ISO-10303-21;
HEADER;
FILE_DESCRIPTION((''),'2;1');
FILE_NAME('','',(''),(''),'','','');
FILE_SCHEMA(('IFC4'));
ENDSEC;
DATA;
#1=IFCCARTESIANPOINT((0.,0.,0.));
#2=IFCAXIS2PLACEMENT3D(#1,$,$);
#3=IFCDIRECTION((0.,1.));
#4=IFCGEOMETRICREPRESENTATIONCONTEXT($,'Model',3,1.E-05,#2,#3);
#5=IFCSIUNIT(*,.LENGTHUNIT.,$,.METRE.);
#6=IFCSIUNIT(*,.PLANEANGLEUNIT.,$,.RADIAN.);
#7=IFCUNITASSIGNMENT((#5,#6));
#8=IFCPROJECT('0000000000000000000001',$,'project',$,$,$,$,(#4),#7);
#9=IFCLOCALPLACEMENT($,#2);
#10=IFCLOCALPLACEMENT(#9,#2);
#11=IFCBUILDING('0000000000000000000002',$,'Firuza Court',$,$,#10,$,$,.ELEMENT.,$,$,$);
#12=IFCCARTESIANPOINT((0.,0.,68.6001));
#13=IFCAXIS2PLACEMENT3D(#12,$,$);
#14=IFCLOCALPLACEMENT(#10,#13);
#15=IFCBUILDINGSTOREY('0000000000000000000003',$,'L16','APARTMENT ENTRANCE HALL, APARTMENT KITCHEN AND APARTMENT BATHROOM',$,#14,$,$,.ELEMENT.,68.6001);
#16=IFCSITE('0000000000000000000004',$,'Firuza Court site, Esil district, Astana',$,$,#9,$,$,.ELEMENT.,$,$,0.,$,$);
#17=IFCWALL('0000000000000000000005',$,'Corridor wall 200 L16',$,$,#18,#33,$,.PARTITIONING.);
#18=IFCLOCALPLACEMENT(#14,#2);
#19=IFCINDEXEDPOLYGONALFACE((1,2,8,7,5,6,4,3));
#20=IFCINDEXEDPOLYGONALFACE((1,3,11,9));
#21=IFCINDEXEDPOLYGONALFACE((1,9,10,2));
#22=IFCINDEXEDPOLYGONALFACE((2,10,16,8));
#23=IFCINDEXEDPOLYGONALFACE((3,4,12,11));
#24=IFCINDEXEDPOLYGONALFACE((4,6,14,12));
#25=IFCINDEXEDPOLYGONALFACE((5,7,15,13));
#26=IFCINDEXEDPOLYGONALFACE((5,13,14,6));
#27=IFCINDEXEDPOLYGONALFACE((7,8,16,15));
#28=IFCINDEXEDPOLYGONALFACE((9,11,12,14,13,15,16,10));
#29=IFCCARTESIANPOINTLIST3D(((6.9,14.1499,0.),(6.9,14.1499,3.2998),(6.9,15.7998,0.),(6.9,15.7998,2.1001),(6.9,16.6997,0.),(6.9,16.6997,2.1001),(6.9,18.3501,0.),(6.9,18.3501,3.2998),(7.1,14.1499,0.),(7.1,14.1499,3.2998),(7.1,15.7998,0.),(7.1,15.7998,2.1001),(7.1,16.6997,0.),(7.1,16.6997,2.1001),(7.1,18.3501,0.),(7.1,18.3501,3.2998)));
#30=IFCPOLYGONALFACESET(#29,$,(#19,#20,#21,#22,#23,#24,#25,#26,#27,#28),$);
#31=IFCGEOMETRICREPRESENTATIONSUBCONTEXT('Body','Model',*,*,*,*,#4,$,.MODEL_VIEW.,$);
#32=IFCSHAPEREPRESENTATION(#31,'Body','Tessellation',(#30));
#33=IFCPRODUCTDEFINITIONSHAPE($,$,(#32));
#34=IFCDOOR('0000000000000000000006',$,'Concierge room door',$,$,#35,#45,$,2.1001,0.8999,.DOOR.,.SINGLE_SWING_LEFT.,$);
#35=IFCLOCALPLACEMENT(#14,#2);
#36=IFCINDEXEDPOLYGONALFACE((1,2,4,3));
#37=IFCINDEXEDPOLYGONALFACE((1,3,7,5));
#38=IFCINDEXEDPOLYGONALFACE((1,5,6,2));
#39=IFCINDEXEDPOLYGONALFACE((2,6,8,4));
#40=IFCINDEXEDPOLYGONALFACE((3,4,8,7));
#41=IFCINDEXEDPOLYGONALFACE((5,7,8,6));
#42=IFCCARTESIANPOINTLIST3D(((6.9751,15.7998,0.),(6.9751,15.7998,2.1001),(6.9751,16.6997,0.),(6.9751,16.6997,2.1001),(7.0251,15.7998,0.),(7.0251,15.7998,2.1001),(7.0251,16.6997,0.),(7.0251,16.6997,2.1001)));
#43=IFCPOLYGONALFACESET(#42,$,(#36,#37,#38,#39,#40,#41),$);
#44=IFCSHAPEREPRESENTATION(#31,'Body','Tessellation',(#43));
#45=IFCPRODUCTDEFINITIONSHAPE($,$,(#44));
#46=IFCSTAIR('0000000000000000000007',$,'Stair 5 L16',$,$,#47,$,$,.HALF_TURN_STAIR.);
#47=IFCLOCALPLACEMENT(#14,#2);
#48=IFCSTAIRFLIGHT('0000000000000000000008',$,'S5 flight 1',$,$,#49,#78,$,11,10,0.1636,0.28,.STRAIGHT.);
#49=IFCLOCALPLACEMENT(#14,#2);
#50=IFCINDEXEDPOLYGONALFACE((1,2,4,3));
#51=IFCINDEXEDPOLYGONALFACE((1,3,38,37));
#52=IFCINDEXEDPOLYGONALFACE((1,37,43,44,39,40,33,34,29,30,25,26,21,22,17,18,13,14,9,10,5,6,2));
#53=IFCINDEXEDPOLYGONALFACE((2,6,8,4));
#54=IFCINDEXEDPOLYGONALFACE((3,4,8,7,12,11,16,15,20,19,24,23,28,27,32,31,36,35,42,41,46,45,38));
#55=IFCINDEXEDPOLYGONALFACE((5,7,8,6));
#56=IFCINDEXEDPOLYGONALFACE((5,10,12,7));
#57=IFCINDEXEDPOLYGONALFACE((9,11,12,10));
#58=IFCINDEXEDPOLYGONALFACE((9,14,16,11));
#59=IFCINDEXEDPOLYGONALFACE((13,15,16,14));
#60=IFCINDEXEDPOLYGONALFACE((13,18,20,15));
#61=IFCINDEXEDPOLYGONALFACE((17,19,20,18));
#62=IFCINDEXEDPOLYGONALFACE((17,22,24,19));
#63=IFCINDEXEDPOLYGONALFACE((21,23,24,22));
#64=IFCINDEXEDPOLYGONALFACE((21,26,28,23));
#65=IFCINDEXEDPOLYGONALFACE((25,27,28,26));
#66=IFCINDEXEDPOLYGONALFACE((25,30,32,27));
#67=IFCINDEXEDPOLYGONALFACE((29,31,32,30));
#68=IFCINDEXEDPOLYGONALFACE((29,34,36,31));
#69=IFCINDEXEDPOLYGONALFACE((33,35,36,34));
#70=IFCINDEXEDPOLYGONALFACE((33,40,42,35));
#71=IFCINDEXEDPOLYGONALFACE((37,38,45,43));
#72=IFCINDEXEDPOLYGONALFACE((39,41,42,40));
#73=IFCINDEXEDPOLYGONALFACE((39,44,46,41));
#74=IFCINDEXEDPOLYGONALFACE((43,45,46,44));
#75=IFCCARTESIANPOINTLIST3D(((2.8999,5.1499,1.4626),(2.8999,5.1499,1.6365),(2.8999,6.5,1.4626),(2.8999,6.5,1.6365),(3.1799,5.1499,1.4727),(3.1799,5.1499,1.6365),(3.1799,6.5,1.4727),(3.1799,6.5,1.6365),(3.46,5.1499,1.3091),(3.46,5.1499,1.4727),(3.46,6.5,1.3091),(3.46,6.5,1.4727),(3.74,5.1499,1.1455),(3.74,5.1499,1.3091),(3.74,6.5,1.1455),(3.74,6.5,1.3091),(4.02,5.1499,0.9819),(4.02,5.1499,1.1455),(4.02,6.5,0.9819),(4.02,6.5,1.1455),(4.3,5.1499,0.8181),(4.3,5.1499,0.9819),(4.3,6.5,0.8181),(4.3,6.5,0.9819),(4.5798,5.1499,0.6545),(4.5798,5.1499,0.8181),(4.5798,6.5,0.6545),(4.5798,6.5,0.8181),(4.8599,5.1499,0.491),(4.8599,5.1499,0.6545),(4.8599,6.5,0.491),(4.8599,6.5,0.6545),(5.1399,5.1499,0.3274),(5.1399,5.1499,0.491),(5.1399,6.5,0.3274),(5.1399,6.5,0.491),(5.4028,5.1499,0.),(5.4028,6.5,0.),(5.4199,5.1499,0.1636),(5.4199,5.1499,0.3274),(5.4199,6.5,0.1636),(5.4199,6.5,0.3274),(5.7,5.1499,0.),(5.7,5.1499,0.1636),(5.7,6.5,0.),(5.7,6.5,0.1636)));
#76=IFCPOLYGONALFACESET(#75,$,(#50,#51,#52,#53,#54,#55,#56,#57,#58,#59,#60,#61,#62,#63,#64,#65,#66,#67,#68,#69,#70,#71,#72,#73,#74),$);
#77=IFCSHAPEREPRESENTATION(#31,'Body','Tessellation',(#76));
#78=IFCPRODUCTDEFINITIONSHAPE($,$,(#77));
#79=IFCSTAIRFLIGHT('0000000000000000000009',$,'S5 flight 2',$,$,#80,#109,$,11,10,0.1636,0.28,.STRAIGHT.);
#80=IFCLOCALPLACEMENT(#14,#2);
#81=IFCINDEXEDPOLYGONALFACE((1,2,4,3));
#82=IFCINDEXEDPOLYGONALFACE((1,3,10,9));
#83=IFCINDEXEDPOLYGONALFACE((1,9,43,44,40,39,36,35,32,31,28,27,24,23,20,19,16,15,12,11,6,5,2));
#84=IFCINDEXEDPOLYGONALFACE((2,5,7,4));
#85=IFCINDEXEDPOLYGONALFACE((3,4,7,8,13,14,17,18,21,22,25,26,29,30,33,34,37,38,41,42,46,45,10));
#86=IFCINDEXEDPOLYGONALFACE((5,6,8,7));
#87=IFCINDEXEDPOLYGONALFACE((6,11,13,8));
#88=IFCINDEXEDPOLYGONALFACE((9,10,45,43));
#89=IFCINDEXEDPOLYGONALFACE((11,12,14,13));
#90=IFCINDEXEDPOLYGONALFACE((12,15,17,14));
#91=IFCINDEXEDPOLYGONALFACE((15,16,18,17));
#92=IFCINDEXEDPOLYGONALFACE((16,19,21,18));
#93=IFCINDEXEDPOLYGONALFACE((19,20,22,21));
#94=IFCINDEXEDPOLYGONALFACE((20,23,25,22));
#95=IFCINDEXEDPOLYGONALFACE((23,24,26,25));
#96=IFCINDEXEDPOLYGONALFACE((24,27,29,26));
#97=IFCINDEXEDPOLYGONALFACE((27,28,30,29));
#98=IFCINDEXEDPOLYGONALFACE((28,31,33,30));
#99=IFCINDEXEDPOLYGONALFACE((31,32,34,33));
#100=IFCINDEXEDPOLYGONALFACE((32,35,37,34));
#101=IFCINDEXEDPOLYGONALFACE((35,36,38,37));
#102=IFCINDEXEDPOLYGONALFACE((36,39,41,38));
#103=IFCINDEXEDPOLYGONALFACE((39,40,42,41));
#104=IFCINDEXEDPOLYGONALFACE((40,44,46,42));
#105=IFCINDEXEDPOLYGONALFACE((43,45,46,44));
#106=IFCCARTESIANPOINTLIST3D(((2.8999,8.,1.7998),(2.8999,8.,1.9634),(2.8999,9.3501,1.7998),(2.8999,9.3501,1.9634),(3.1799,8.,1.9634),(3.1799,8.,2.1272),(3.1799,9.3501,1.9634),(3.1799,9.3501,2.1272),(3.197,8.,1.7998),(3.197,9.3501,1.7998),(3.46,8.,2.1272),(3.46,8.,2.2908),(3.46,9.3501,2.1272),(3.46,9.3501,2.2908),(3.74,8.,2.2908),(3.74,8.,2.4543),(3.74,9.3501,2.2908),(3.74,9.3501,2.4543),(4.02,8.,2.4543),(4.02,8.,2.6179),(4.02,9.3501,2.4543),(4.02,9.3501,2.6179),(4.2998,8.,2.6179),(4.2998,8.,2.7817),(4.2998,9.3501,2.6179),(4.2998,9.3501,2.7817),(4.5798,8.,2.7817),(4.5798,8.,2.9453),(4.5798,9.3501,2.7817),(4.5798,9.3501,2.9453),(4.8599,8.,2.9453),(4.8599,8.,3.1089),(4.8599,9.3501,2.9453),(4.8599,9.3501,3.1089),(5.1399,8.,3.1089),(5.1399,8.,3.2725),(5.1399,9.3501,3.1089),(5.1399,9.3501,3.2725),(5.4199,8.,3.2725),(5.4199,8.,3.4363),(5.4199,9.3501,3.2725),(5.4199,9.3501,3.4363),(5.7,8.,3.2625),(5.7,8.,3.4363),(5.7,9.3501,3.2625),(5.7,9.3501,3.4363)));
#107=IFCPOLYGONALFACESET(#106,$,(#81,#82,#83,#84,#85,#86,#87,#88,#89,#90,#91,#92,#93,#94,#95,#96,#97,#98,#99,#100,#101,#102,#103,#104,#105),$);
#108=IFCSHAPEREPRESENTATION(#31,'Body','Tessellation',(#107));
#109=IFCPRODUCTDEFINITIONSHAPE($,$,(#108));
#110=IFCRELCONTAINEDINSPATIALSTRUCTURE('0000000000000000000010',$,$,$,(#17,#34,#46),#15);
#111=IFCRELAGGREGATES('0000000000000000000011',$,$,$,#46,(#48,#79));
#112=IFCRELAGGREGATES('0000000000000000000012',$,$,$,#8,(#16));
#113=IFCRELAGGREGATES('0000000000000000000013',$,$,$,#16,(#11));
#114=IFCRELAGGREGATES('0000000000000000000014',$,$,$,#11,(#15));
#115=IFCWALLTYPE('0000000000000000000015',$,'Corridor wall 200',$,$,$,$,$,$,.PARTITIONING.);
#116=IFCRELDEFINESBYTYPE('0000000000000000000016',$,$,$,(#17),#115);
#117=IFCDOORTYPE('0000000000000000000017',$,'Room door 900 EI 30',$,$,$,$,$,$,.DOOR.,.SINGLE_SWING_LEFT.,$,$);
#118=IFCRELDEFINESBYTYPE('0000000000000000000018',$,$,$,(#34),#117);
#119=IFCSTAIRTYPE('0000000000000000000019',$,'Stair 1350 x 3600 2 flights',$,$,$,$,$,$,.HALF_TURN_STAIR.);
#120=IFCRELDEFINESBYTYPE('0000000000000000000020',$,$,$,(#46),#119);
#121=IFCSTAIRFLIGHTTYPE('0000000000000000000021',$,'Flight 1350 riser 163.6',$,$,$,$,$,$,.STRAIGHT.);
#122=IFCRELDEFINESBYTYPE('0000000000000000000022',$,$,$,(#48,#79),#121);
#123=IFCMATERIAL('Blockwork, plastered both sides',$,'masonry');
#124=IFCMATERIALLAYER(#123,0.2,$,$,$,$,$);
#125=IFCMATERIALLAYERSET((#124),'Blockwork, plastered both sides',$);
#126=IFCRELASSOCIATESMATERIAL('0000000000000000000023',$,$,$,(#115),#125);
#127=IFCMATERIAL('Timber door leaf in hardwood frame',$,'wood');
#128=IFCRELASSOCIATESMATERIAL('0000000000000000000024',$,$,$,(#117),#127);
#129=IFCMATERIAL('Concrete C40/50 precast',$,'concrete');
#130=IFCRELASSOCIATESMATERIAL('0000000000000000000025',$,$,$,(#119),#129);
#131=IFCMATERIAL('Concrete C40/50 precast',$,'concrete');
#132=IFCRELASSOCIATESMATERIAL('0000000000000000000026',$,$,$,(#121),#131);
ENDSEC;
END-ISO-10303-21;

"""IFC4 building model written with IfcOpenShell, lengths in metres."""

from ifc_helpers import new_model, si_unit, direction, frame, frame_2d, origin, place, context, subcontext, project, spatial, polyline, rectangle, outline, extrude, material, layer, layer_set, type_object, element, fill, aggregate, save


model = new_model("IFC4")

# Units and contexts
model_context = context("Model", 3, precision=1e-05, world=origin(), true_north=direction((0.0, 1.0)))
body_context = subcontext(model_context, "Body", "Model", "MODEL_VIEW")
ifc_project = project(units=[si_unit("LENGTHUNIT", "METRE"), si_unit("PLANEANGLEUNIT", "RADIAN")], contexts=[model_context])

# Site, building, storey
site_placement = place(None, origin())
site = spatial("IfcSite", under=ifc_project, at=site_placement, Name="Firuza Court site, Esil district, Astana", CompositionType="ELEMENT", RefElevation=0.0)
building_placement = place(site_placement, origin())
building = spatial("IfcBuilding", under=site, at=building_placement, Name="Firuza Court", CompositionType="ELEMENT")
storey_placement = place(building_placement, frame((0.0, 0.0, 68.6001)))
storey = spatial("IfcBuildingStorey", under=building, at=storey_placement, Name="L16", Description="APARTMENT ENTRANCE HALL, APARTMENT KITCHEN AND APARTMENT BATHROOM", CompositionType="ELEMENT", Elevation=68.6001)

# Wall, opening, door
ifc_material_1 = material(Name="Blockwork, plastered both sides", Category="masonry")
ifc_layer_1 = layer(ifc_material_1, 0.2)
ifc_layer_set_1 = layer_set([ifc_layer_1], Name="Blockwork, plastered both sides")
wall_type_1 = type_object("IfcWallType", Name="Corridor wall 200", PredefinedType="PARTITIONING", material=ifc_layer_set_1)
wall_1_placement = place(storey_placement, frame((7.0, 14.1499, 0.0), z_axis=(0.0, 0.0, 1.0), x_axis=(0.0, 1.0, 0.0)))
wall_1 = element("IfcWall", 1, at=wall_1_placement, inside=storey, type_object=wall_type_1, Name="Corridor wall 200 L16", PredefinedType="PARTITIONING", context=body_context, shape_type="SweptSolid", body=[
    extrude(rectangle(XDim=4.2002, YDim=0.2, at=frame_2d((2.1001, 0.0))), origin(), (0.0, 0.0, 1.0), 3.2998),
])
opening_1_placement = place(wall_1_placement, frame((1.6499, 0.0, 0.0)))
opening_1 = element("IfcOpeningElement", 2, at=opening_1_placement, cuts=wall_1, PredefinedType="OPENING", context=body_context, shape_type="SweptSolid", body=[
    extrude(rectangle(XDim=0.8999, YDim=2.1001, at=frame_2d((0.45, 1.05))), frame((0.0, 0.1118, 0.0), z_axis=(0.0, -1.0, 0.0), x_axis=(1.0, 0.0, 0.0)), (0.0, 0.0, 1.0), 0.2239),
])
ifc_material_2 = material(Name="Timber door leaf in hardwood frame", Category="wood")
door_type_1 = type_object("IfcDoorType", Name="Room door 900 EI 30", OperationType="SINGLE_SWING_LEFT", PredefinedType="DOOR", material=ifc_material_2)
door_1_placement = place(opening_1_placement, origin())
door_1 = element("IfcDoor", 3, at=door_1_placement, inside=storey, type_object=door_type_1, Name="Concierge room door", OperationType="SINGLE_SWING_LEFT", OverallHeight=2.1001, OverallWidth=0.8999, PredefinedType="DOOR", context=body_context, shape_type="SweptSolid", body=[
    extrude(rectangle(XDim=0.8999, YDim=2.1001, at=frame_2d((0.45, 1.05))), frame((0.0, 0.0249, 0.0), z_axis=(0.0, -1.0, 0.0), x_axis=(1.0, 0.0, 0.0)), (0.0, 0.0, 1.0), 0.05),
])
fill(opening_1, door_1)

# Stair, stair flights
ifc_material_3 = material(Name="Concrete C40/50 precast", Category="concrete")
stair_type = type_object("IfcStairType", Name="Stair 1350 x 3600 2 flights", PredefinedType="HALF_TURN_STAIR", material=ifc_material_3)
stair_placement = place(storey_placement, origin())
stair = element("IfcStair", 4, at=stair_placement, inside=storey, type_object=stair_type, Name="Stair 5 L16", PredefinedType="HALF_TURN_STAIR")
ifc_material_4 = material(Name="Concrete C40/50 precast", Category="concrete")
stair_flight_type = type_object("IfcStairFlightType", Name="Flight 1350 riser 163.6", PredefinedType="STRAIGHT", material=ifc_material_4)
stair_flight_1_placement = place(storey_placement, frame((5.7, 5.825, 0.0), z_axis=(0.0, 0.0, 1.0), x_axis=(-1.0, 0.0, 0.0)))
stair_flight_1 = element("IfcStairFlight", 5, at=stair_flight_1_placement, type_object=stair_flight_type, Name="S5 flight 1", NumberOfRisers=11, NumberOfTreads=10, PredefinedType="STRAIGHT", RiserHeight=0.1636, TreadLength=0.28, context=body_context, shape_type="SweptSolid", body=[
    extrude(outline(polyline([(0.0, 0.0), (0.0, 0.1636), (0.28, 0.1636), (0.28, 0.3274), (0.5601, 0.3274), (0.5601, 0.491), (0.8401, 0.491), (0.8401, 0.6545), (1.1201, 0.6545), (1.1201, 0.8181), (1.3999, 0.8181), (1.3999, 0.9819), (1.6799, 0.9819), (1.6799, 1.1455), (1.96, 1.1455), (1.96, 1.3091), (2.24, 1.3091), (2.24, 1.4727), (2.52, 1.4727), (2.52, 1.6365), (2.8, 1.6365), (2.8, 1.8), (2.8, 1.4626), (0.2971, 0.0), (0.0, 0.0)])), frame((0.0, 0.675, 0.0), z_axis=(0.0, -1.0, 0.0), x_axis=(1.0, 0.0, 0.0)), (0.0, 0.0, 1.0), 1.3501),
])
stair_flight_2_placement = place(storey_placement, frame((2.8999, 8.675, 1.7998), z_axis=(0.0, 0.0, 1.0), x_axis=(1.0, 0.0, 0.0)))
stair_flight_2 = element("IfcStairFlight", 6, at=stair_flight_2_placement, type_object=stair_flight_type, Name="S5 flight 2", NumberOfRisers=11, NumberOfTreads=10, PredefinedType="STRAIGHT", RiserHeight=0.1636, TreadLength=0.28, context=body_context, shape_type="SweptSolid", body=[
    extrude(outline(polyline([(0.0, 0.0), (0.0, 0.1636), (0.28, 0.1636), (0.28, 0.3274), (0.5601, 0.3274), (0.5601, 0.491), (0.8401, 0.491), (0.8401, 0.6545), (1.1201, 0.6545), (1.1201, 0.8181), (1.3999, 0.8181), (1.3999, 0.9819), (1.6799, 0.9819), (1.6799, 1.1455), (1.96, 1.1455), (1.96, 1.3091), (2.24, 1.3091), (2.24, 1.4727), (2.52, 1.4727), (2.52, 1.6365), (2.8, 1.6365), (2.8, 1.8), (2.8, 1.4626), (0.2971, 0.0), (0.0, 0.0)])), frame((0.0, 0.675, 0.0), z_axis=(0.0, -1.0, 0.0), x_axis=(1.0, 0.0, 0.0)), (0.0, 0.0, 1.0), 1.3501),
])
aggregate(stair, [stair_flight_1, stair_flight_2])

save(model, "model.ifc")
